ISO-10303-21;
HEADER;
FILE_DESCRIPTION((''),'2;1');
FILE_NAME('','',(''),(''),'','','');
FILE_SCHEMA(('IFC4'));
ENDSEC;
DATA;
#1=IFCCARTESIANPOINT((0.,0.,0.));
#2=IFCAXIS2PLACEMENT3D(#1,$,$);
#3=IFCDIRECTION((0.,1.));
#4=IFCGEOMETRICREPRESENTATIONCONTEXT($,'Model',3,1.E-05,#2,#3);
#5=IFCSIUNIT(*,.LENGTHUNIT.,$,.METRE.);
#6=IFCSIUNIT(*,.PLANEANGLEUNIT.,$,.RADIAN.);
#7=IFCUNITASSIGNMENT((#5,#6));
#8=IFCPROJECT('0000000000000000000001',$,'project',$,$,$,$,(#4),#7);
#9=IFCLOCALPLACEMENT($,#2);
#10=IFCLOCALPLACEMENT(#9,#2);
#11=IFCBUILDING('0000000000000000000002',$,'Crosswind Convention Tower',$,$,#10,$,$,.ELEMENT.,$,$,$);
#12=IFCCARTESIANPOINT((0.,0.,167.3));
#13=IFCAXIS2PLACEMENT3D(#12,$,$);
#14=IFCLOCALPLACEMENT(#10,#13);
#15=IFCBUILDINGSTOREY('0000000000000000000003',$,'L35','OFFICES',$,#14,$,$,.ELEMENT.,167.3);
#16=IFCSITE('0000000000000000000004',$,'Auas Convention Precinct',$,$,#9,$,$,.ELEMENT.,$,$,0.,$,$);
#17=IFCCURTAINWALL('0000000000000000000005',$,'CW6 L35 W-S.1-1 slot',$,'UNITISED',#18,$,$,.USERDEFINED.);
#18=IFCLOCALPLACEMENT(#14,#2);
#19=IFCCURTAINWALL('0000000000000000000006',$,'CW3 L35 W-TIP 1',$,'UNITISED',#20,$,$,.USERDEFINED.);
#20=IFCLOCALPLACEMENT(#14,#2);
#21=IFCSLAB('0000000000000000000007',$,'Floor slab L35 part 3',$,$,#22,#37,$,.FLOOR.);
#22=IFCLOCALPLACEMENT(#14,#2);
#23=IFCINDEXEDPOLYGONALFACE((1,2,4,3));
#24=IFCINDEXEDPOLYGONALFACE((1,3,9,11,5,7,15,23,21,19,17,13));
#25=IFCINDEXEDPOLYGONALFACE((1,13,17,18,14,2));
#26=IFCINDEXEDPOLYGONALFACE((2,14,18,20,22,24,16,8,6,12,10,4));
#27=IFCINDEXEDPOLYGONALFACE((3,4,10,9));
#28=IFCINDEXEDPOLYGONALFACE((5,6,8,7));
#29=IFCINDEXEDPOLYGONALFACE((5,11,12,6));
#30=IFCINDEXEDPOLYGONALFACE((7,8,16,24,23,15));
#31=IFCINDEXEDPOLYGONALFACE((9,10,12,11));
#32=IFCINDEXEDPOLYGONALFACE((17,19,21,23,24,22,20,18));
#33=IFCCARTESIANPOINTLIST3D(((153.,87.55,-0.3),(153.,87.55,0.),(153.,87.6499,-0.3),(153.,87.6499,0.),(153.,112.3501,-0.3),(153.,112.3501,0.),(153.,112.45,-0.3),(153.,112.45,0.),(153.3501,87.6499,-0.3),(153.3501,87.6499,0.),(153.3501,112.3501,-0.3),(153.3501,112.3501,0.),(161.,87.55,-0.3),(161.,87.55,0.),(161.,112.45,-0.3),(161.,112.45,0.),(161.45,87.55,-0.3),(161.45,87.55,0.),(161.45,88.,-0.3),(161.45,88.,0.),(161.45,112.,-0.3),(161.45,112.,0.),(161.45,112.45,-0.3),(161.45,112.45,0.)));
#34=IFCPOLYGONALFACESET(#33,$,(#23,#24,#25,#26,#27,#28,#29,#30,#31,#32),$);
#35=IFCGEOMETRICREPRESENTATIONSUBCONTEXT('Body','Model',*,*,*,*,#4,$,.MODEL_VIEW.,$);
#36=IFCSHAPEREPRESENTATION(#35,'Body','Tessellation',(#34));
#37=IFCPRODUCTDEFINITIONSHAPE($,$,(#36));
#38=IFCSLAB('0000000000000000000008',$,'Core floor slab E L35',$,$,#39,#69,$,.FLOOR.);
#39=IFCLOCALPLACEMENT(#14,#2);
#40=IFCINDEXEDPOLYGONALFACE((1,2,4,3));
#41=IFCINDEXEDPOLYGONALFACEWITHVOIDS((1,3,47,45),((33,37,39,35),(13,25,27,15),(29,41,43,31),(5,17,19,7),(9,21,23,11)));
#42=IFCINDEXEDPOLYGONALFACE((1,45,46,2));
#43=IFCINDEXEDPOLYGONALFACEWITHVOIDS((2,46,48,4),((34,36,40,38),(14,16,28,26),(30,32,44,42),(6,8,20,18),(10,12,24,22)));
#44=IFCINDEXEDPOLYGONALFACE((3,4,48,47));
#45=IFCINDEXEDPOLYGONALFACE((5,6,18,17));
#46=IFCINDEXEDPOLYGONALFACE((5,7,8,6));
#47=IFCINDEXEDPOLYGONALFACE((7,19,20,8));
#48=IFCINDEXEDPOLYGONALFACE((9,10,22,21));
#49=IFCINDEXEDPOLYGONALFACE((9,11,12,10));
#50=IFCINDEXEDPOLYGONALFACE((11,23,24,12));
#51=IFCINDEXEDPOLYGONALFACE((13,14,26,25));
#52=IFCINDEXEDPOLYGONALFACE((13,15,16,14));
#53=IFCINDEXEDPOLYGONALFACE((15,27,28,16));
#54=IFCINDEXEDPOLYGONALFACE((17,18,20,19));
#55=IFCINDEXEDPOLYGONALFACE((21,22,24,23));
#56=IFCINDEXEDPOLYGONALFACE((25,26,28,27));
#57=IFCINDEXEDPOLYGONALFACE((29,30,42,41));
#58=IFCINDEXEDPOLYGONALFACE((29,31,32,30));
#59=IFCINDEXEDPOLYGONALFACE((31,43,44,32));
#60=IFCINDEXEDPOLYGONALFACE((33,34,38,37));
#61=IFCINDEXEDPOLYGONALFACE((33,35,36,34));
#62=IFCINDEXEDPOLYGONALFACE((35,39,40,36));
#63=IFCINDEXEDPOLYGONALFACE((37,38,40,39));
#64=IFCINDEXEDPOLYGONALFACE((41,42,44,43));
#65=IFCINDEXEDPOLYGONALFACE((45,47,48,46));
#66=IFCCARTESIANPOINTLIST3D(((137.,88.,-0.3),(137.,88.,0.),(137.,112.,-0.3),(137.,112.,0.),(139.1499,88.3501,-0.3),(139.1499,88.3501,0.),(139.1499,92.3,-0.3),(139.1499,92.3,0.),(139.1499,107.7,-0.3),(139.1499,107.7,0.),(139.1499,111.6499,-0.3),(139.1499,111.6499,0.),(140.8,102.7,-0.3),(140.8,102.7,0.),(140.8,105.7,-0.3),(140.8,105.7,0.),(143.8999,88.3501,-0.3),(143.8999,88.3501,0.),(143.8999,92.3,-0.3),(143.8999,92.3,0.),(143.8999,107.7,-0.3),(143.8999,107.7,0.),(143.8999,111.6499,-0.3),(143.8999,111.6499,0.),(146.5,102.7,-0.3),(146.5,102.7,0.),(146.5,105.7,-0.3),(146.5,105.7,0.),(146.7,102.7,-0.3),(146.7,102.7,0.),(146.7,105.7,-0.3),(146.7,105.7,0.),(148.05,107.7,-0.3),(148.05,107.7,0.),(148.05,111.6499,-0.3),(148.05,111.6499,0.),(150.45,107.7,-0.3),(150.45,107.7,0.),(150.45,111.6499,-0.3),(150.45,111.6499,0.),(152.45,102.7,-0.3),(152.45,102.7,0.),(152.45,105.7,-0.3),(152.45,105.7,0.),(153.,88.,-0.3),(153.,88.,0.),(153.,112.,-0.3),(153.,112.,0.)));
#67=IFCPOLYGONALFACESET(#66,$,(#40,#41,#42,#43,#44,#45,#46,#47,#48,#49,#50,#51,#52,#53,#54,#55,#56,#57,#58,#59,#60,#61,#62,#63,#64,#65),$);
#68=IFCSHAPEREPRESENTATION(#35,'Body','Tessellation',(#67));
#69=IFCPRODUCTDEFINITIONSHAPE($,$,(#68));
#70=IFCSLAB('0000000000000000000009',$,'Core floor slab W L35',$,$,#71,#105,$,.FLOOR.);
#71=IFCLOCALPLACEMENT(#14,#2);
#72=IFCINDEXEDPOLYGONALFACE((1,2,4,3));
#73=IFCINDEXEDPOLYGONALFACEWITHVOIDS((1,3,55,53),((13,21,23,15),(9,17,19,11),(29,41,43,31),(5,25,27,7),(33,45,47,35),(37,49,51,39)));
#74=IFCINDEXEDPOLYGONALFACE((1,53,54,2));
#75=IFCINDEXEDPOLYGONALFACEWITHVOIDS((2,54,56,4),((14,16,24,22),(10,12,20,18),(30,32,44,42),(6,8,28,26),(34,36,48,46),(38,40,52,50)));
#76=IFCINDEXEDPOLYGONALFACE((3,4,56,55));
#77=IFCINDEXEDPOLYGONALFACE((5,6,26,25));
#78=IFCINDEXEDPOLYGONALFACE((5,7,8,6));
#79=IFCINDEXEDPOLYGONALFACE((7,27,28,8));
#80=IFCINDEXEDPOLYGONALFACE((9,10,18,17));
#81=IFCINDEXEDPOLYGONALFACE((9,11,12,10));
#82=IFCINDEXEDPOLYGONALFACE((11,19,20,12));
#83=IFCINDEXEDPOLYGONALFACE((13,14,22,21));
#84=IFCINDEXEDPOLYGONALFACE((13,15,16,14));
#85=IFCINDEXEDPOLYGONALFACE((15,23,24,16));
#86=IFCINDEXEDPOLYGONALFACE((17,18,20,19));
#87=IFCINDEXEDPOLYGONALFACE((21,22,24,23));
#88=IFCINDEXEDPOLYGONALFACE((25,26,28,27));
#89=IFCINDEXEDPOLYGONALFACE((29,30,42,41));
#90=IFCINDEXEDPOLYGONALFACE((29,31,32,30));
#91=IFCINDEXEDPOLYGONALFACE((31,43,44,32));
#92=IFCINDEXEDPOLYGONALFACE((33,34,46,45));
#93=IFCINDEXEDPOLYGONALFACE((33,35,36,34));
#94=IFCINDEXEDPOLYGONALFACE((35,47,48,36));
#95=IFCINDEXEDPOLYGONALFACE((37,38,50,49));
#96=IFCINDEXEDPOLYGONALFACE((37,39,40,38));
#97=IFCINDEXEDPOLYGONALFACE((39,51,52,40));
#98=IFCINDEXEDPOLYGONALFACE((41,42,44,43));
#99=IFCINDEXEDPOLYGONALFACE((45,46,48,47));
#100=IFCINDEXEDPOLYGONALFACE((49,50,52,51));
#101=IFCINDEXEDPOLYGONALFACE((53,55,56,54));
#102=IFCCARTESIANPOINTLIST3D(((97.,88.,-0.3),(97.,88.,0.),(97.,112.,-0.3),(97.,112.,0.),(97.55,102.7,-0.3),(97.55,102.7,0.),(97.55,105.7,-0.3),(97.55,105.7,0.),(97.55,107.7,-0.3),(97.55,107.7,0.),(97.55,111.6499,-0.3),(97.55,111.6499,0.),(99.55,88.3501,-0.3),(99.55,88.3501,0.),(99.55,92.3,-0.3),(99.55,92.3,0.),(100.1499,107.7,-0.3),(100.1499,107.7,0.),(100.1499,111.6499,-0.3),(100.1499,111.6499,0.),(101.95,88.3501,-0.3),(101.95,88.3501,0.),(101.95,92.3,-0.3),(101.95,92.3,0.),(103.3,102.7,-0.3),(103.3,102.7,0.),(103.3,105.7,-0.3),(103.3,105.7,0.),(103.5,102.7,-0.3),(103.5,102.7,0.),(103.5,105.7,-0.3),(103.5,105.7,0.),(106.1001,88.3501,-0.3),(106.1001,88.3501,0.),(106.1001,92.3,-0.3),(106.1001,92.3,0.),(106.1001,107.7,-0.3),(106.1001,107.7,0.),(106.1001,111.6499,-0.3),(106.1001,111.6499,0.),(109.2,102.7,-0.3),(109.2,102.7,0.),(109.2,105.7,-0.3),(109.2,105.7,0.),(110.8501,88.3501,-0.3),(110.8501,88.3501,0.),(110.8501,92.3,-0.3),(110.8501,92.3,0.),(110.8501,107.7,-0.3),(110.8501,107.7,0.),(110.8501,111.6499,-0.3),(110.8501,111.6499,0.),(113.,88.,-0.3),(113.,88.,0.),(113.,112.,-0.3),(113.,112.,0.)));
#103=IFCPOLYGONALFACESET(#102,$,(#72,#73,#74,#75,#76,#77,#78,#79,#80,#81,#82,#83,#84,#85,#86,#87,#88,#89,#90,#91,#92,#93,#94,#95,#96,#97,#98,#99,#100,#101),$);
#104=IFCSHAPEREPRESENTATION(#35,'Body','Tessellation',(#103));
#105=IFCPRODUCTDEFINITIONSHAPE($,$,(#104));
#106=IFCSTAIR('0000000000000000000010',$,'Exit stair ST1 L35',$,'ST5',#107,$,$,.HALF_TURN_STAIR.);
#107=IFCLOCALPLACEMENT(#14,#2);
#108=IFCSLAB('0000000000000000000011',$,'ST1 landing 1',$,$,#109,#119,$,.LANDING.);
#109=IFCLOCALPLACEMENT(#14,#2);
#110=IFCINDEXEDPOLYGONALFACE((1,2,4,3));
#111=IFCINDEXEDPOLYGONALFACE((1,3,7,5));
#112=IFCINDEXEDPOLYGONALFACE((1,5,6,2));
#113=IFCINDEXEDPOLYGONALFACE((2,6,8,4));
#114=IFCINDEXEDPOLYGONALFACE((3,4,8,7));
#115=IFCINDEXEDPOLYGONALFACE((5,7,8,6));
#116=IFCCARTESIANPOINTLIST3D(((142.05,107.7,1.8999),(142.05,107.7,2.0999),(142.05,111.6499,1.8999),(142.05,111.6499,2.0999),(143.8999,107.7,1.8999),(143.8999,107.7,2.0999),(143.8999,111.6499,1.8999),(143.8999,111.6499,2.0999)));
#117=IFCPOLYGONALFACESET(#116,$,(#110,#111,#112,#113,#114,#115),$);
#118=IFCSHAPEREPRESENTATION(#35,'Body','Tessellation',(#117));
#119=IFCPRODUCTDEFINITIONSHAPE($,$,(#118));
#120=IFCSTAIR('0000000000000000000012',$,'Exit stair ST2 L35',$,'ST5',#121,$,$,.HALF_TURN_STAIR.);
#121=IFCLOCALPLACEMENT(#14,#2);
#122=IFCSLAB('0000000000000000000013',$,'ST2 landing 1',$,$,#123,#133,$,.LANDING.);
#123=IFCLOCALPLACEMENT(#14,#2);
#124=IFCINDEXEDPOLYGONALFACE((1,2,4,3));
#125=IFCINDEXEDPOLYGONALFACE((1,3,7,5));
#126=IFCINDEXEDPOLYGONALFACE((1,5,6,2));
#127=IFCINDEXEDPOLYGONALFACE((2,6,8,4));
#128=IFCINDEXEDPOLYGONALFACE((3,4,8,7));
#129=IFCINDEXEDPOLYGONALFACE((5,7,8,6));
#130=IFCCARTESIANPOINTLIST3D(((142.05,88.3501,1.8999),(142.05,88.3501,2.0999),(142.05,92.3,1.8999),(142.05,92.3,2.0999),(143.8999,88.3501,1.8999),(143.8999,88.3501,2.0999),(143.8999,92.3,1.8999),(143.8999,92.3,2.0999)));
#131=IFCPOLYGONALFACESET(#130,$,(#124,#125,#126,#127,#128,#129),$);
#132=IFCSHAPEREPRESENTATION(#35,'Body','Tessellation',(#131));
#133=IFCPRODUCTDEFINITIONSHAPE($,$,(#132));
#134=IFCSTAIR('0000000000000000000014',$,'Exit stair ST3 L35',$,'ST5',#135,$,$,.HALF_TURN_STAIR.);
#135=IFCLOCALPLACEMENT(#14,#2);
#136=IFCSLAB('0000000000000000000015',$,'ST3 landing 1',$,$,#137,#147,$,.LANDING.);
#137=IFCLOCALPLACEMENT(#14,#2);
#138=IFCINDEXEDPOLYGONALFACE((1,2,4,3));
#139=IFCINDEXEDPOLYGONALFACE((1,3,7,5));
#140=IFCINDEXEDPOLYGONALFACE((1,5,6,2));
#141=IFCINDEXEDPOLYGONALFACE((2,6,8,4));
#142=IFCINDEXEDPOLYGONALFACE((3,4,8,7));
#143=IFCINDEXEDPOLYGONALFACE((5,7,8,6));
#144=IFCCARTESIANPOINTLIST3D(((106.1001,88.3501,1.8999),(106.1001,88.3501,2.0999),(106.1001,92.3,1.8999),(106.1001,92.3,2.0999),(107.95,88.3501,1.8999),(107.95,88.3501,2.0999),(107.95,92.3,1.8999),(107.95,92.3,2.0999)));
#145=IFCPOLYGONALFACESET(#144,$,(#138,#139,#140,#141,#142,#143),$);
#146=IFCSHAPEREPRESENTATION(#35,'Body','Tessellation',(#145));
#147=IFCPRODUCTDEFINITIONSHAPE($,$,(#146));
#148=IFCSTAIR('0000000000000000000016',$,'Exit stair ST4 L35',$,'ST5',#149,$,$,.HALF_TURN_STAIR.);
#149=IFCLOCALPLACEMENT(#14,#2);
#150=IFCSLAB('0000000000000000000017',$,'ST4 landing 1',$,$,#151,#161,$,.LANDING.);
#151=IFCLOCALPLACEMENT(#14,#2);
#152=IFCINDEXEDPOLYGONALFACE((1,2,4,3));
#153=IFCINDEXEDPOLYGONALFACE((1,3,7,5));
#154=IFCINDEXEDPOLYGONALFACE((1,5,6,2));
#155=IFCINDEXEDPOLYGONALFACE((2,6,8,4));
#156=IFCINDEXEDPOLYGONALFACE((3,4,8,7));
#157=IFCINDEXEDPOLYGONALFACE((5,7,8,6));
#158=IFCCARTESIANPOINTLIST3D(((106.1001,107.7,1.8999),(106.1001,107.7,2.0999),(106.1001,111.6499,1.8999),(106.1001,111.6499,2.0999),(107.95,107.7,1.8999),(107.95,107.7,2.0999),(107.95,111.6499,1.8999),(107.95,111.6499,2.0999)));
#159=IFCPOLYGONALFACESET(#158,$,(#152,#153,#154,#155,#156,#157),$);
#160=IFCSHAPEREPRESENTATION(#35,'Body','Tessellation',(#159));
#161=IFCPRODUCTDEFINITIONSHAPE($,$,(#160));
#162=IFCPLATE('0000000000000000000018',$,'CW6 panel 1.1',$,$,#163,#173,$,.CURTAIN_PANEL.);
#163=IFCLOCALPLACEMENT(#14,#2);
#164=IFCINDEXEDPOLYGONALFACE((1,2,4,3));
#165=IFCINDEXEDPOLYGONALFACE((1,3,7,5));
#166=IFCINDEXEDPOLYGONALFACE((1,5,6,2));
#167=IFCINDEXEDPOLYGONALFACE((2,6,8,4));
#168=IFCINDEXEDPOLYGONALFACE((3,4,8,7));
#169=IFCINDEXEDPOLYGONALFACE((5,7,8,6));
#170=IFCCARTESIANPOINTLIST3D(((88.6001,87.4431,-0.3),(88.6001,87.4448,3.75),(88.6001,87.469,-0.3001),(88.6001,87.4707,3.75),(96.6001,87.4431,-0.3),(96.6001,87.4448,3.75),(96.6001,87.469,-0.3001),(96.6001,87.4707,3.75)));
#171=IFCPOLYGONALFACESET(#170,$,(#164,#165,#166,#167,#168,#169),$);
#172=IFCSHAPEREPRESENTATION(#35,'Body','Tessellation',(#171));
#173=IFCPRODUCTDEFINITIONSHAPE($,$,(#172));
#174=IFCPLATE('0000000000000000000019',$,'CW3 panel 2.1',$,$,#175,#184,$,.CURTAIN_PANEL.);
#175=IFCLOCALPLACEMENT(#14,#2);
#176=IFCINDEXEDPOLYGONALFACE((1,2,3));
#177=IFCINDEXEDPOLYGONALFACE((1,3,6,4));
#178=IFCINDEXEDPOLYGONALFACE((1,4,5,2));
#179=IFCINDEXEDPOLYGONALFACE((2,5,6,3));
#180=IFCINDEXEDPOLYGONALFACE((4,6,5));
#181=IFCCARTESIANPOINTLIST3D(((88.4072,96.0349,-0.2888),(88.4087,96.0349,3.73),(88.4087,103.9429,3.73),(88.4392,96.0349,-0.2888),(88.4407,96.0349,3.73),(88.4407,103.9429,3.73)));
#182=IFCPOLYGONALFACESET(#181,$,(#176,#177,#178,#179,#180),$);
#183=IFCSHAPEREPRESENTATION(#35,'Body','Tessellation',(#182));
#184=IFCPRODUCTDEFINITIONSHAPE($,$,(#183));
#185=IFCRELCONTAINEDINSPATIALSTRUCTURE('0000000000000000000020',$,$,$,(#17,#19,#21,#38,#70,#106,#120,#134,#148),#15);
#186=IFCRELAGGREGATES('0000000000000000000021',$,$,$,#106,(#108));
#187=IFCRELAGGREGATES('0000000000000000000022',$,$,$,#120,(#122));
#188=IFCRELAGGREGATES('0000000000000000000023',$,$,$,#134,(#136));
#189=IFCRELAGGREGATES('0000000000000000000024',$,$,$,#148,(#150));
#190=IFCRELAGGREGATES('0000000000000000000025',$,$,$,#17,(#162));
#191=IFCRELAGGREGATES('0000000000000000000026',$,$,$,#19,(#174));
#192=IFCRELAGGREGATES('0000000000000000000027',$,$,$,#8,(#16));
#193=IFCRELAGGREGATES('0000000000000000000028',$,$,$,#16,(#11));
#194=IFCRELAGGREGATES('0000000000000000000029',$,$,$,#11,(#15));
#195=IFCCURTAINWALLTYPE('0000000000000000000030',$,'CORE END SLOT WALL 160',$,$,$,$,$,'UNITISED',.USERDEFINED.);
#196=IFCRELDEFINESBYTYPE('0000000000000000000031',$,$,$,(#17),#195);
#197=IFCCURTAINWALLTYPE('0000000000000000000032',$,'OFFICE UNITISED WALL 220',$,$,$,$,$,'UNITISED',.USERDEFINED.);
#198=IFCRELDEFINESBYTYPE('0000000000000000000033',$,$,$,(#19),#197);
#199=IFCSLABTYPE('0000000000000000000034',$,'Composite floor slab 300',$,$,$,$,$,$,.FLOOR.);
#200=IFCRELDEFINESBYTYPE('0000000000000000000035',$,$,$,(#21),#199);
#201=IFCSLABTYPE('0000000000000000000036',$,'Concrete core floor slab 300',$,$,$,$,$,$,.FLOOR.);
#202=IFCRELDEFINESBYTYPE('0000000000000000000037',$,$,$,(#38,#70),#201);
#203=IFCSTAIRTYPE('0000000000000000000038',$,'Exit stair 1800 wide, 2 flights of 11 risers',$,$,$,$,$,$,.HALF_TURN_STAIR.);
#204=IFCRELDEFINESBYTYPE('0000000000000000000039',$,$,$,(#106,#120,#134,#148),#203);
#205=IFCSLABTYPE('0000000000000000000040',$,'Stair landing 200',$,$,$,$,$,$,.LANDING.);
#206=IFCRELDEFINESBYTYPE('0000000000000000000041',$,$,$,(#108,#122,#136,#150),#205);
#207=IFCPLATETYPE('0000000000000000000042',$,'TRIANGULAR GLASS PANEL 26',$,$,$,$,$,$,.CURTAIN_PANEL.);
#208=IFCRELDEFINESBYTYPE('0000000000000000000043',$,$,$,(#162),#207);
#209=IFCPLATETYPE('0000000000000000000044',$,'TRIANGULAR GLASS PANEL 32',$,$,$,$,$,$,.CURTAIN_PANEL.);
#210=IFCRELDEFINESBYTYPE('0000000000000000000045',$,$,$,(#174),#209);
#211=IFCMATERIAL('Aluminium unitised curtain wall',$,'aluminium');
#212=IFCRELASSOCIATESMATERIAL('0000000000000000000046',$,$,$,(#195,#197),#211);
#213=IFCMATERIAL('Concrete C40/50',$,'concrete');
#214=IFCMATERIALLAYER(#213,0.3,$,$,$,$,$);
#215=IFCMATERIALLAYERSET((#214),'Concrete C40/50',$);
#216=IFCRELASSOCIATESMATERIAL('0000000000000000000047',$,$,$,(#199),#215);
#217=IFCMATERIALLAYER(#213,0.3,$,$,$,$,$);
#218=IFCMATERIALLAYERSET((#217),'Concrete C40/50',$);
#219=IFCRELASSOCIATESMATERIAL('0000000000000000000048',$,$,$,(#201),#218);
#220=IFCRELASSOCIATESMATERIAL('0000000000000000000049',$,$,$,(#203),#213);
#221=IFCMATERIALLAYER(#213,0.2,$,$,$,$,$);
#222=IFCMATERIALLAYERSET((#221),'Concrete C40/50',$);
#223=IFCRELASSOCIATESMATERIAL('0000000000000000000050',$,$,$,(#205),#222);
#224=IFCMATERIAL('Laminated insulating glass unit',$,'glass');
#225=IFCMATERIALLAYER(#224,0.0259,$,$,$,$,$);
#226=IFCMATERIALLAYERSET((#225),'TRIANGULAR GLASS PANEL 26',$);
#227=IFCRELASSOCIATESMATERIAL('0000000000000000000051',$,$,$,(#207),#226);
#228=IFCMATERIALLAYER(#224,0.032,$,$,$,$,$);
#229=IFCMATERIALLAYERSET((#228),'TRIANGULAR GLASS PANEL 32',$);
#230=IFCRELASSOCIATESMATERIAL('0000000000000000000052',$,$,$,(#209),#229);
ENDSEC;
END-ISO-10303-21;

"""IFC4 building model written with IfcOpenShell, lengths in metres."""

from ifc_helpers import new_model, si_unit, direction, frame, origin, place, context, subcontext, project, spatial, polyline, outline, extrude, material, layer, layer_set, type_object, element, aggregate, save


model = new_model("IFC4")

# Units and contexts
model_context = context("Model", 3, precision=1e-05, world=origin(), true_north=direction((0.0, 1.0)))
body_context = subcontext(model_context, "Body", "Model", "MODEL_VIEW")
ifc_project = project(units=[si_unit("LENGTHUNIT", "METRE"), si_unit("PLANEANGLEUNIT", "RADIAN")], contexts=[model_context])

# Site, building, storey
site_placement = place(None, origin())
site = spatial("IfcSite", under=ifc_project, at=site_placement, Name="Auas Convention Precinct", CompositionType="ELEMENT", RefElevation=0.0)
building_placement = place(site_placement, origin())
building = spatial("IfcBuilding", under=site, at=building_placement, Name="Crosswind Convention Tower", CompositionType="ELEMENT")
storey_placement = place(building_placement, frame((0.0, 0.0, 167.3)))
storey = spatial("IfcBuildingStorey", under=building, at=storey_placement, Name="L35", Description="OFFICES", CompositionType="ELEMENT", Elevation=167.3)

# Curtain wall
ifc_material_1 = material(Name="Aluminium unitised curtain wall", Category="aluminium")
curtain_wall_type_1 = type_object("IfcCurtainWallType", Name="CORE END SLOT WALL 160", ElementType="UNITISED", PredefinedType="USERDEFINED", material=ifc_material_1)
curtain_wall_1_placement = place(storey_placement, origin())
curtain_wall_1 = element("IfcCurtainWall", 1, at=curtain_wall_1_placement, inside=storey, type_object=curtain_wall_type_1, Name="CW6 L35 W-S.1-1 slot", ObjectType="UNITISED", PredefinedType="USERDEFINED")

# Curtain wall
curtain_wall_type_2 = type_object("IfcCurtainWallType", Name="OFFICE UNITISED WALL 220", ElementType="UNITISED", PredefinedType="USERDEFINED", material=ifc_material_1)
curtain_wall_2_placement = place(storey_placement, origin())
curtain_wall_2 = element("IfcCurtainWall", 2, at=curtain_wall_2_placement, inside=storey, type_object=curtain_wall_type_2, Name="CW3 L35 W-TIP 1", ObjectType="UNITISED", PredefinedType="USERDEFINED")

# Slabs
ifc_material_2 = material(Name="Concrete C40/50", Category="concrete")
ifc_layer_1 = layer(ifc_material_2, 0.3)
ifc_layer_set_1 = layer_set([ifc_layer_1], Name="Concrete C40/50")
slab_type_1 = type_object("IfcSlabType", Name="Composite floor slab 300", PredefinedType="FLOOR", material=ifc_layer_set_1)
slab_1_placement = place(storey_placement, frame((0.0, 0.0, -0.3)))
element("IfcSlab", 3, at=slab_1_placement, inside=storey, type_object=slab_type_1, Name="Floor slab L35 part 3", PredefinedType="FLOOR", context=body_context, shape_type="SweptSolid", body=[
    extrude(outline(polyline([(153.0, 112.45), (161.0, 112.45), (161.45, 112.45), (161.45, 112.0), (161.45, 88.0), (161.45, 87.55), (161.0, 87.55), (153.0, 87.55), (153.0, 87.6499), (153.3501, 87.6499), (153.3501, 112.3501), (153.0, 112.3501), (153.0, 112.45)])), origin(), (0.0, 0.0, 1.0), 0.3),
])
ifc_layer_2 = layer(ifc_material_2, 0.3)
ifc_layer_set_2 = layer_set([ifc_layer_2], Name="Concrete C40/50")
slab_type_2 = type_object("IfcSlabType", Name="Concrete core floor slab 300", PredefinedType="FLOOR", material=ifc_layer_set_2)
slab_2_placement = place(storey_placement, frame((0.0, 0.0, -0.3)))
element("IfcSlab", 4, at=slab_2_placement, inside=storey, type_object=slab_type_2, Name="Core floor slab E L35", PredefinedType="FLOOR", context=body_context, shape_type="SweptSolid", body=[
    extrude(outline(polyline([(137.0, 88.0), (153.0, 88.0), (153.0, 112.0), (137.0, 112.0), (137.0, 88.0)]), holes=[polyline([(146.5, 102.7), (146.5, 105.7), (140.8, 105.7), (140.8, 102.7), (146.5, 102.7)]), polyline([(152.45, 102.7), (152.45, 105.7), (146.7, 105.7), (146.7, 102.7), (152.45, 102.7)]), polyline([(150.45, 107.7), (150.45, 111.6499), (148.05, 111.6499), (148.05, 107.7), (150.45, 107.7)]), polyline([(143.8999, 107.7), (143.8999, 111.6499), (139.1499, 111.6499), (139.1499, 107.7), (143.8999, 107.7)]), polyline([(143.8999, 88.3501), (143.8999, 92.3), (139.1499, 92.3), (139.1499, 88.3501), (143.8999, 88.3501)])]), origin(), (0.0, 0.0, 1.0), 0.3),
])
slab_3_placement = place(storey_placement, frame((0.0, 0.0, -0.3)))
element("IfcSlab", 5, at=slab_3_placement, inside=storey, type_object=slab_type_2, Name="Core floor slab W L35", PredefinedType="FLOOR", context=body_context, shape_type="SweptSolid", body=[
    extrude(outline(polyline([(97.0, 88.0), (113.0, 88.0), (113.0, 112.0), (97.0, 112.0), (97.0, 88.0)]), holes=[polyline([(109.2, 102.7), (109.2, 105.7), (103.5, 105.7), (103.5, 102.7), (109.2, 102.7)]), polyline([(103.3, 102.7), (103.3, 105.7), (97.55, 105.7), (97.55, 102.7), (103.3, 102.7)]), polyline([(101.95, 88.3501), (101.95, 92.3), (99.55, 92.3), (99.55, 88.3501), (101.95, 88.3501)]), polyline([(100.1499, 107.7), (100.1499, 111.6499), (97.55, 111.6499), (97.55, 107.7), (100.1499, 107.7)]), polyline([(110.8501, 88.3501), (110.8501, 92.3), (106.1001, 92.3), (106.1001, 88.3501), (110.8501, 88.3501)]), polyline([(110.8501, 107.7), (110.8501, 111.6499), (106.1001, 111.6499), (106.1001, 107.7), (110.8501, 107.7)])]), origin(), (0.0, 0.0, 1.0), 0.3),
])

# Stairs, slabs
stair_type = type_object("IfcStairType", Name="Exit stair 1800 wide, 2 flights of 11 risers", PredefinedType="HALF_TURN_STAIR", material=ifc_material_2)
stair_1_placement = place(storey_placement, origin())
stair_1 = element("IfcStair", 6, at=stair_1_placement, inside=storey, type_object=stair_type, Name="Exit stair ST1 L35", ObjectType="ST5", PredefinedType="HALF_TURN_STAIR")
ifc_layer_3 = layer(ifc_material_2, 0.2)
ifc_layer_set_3 = layer_set([ifc_layer_3], Name="Concrete C40/50")
slab_type_3 = type_object("IfcSlabType", Name="Stair landing 200", PredefinedType="LANDING", material=ifc_layer_set_3)
slab_4_placement = place(storey_placement, frame((0.0, 0.0, 1.8999)))
slab_4 = element("IfcSlab", 7, at=slab_4_placement, type_object=slab_type_3, Name="ST1 landing 1", PredefinedType="LANDING", context=body_context, shape_type="SweptSolid", body=[
    extrude(outline(polyline([(143.8999, 107.7), (143.8999, 111.6499), (142.05, 111.6499), (142.05, 107.7), (143.8999, 107.7)])), origin(), (0.0, 0.0, 1.0), 0.2),
])
aggregate(stair_1, [slab_4])
stair_2_placement = place(storey_placement, origin())
stair_2 = element("IfcStair", 8, at=stair_2_placement, inside=storey, type_object=stair_type, Name="Exit stair ST2 L35", ObjectType="ST5", PredefinedType="HALF_TURN_STAIR")
slab_5_placement = place(storey_placement, frame((0.0, 0.0, 1.8999)))
slab_5 = element("IfcSlab", 9, at=slab_5_placement, type_object=slab_type_3, Name="ST2 landing 1", PredefinedType="LANDING", context=body_context, shape_type="SweptSolid", body=[
    extrude(outline(polyline([(143.8999, 88.3501), (143.8999, 92.3), (142.05, 92.3), (142.05, 88.3501), (143.8999, 88.3501)])), origin(), (0.0, 0.0, 1.0), 0.2),
])
aggregate(stair_2, [slab_5])
stair_3_placement = place(storey_placement, origin())
stair_3 = element("IfcStair", 10, at=stair_3_placement, inside=storey, type_object=stair_type, Name="Exit stair ST3 L35", ObjectType="ST5", PredefinedType="HALF_TURN_STAIR")
slab_6_placement = place(storey_placement, frame((0.0, 0.0, 1.8999)))
slab_6 = element("IfcSlab", 11, at=slab_6_placement, type_object=slab_type_3, Name="ST3 landing 1", PredefinedType="LANDING", context=body_context, shape_type="SweptSolid", body=[
    extrude(outline(polyline([(107.95, 88.3501), (107.95, 92.3), (106.1001, 92.3), (106.1001, 88.3501), (107.95, 88.3501)])), origin(), (0.0, 0.0, 1.0), 0.2),
])
aggregate(stair_3, [slab_6])
stair_4_placement = place(storey_placement, origin())
stair_4 = element("IfcStair", 12, at=stair_4_placement, inside=storey, type_object=stair_type, Name="Exit stair ST4 L35", ObjectType="ST5", PredefinedType="HALF_TURN_STAIR")
slab_7_placement = place(storey_placement, frame((0.0, 0.0, 1.8999)))
slab_7 = element("IfcSlab", 13, at=slab_7_placement, type_object=slab_type_3, Name="ST4 landing 1", PredefinedType="LANDING", context=body_context, shape_type="SweptSolid", body=[
    extrude(outline(polyline([(107.95, 107.7), (107.95, 111.6499), (106.1001, 111.6499), (106.1001, 107.7), (107.95, 107.7)])), origin(), (0.0, 0.0, 1.0), 0.2),
])
aggregate(stair_4, [slab_7])

# Plates
ifc_material_3 = material(Name="Laminated insulating glass unit", Category="glass")
ifc_layer_4 = layer(ifc_material_3, 0.0259)
ifc_layer_set_4 = layer_set([ifc_layer_4], Name="TRIANGULAR GLASS PANEL 26")
plate_type_1 = type_object("IfcPlateType", Name="TRIANGULAR GLASS PANEL 26", PredefinedType="CURTAIN_PANEL", material=ifc_layer_set_4)
plate_1_placement = place(storey_placement, frame((88.6001, 87.4431, -0.3), z_axis=(0.0, -1.0, 0.000422), x_axis=(1.0, 0.0, 0.0)))
plate_1 = element("IfcPlate", 14, at=plate_1_placement, type_object=plate_type_1, Name="CW6 panel 1.1", PredefinedType="CURTAIN_PANEL", context=body_context, shape_type="SweptSolid", body=[
    extrude(outline(polyline([(0.0, 0.0), (8.0, 0.0), (8.0, 4.05), (0.0, 4.05), (0.0, 0.0)])), origin(), (0.0, 0.0, -1.0), 0.0259),
])
aggregate(curtain_wall_1, [plate_1])
ifc_layer_5 = layer(ifc_material_3, 0.032)
ifc_layer_set_5 = layer_set([ifc_layer_5], Name="TRIANGULAR GLASS PANEL 32")
plate_type_2 = type_object("IfcPlateType", Name="TRIANGULAR GLASS PANEL 32", PredefinedType="CURTAIN_PANEL", material=ifc_layer_set_5)
plate_2_placement = place(storey_placement, frame((88.4087, 96.0349, 3.73), z_axis=(-1.0, 0.0, 0.000364), x_axis=(0.0, 1.0, 0.0)))
plate_2 = element("IfcPlate", 15, at=plate_2_placement, type_object=plate_type_2, Name="CW3 panel 2.1", PredefinedType="CURTAIN_PANEL", context=body_context, shape_type="SweptSolid", body=[
    extrude(outline(polyline([(0.0, 0.0), (7.908, 0.0), (0.0, 4.0188), (0.0, 0.0)])), origin(), (0.0, 0.0, -1.0), 0.032),
])
aggregate(curtain_wall_2, [plate_2])

save(model, "model.ifc")
